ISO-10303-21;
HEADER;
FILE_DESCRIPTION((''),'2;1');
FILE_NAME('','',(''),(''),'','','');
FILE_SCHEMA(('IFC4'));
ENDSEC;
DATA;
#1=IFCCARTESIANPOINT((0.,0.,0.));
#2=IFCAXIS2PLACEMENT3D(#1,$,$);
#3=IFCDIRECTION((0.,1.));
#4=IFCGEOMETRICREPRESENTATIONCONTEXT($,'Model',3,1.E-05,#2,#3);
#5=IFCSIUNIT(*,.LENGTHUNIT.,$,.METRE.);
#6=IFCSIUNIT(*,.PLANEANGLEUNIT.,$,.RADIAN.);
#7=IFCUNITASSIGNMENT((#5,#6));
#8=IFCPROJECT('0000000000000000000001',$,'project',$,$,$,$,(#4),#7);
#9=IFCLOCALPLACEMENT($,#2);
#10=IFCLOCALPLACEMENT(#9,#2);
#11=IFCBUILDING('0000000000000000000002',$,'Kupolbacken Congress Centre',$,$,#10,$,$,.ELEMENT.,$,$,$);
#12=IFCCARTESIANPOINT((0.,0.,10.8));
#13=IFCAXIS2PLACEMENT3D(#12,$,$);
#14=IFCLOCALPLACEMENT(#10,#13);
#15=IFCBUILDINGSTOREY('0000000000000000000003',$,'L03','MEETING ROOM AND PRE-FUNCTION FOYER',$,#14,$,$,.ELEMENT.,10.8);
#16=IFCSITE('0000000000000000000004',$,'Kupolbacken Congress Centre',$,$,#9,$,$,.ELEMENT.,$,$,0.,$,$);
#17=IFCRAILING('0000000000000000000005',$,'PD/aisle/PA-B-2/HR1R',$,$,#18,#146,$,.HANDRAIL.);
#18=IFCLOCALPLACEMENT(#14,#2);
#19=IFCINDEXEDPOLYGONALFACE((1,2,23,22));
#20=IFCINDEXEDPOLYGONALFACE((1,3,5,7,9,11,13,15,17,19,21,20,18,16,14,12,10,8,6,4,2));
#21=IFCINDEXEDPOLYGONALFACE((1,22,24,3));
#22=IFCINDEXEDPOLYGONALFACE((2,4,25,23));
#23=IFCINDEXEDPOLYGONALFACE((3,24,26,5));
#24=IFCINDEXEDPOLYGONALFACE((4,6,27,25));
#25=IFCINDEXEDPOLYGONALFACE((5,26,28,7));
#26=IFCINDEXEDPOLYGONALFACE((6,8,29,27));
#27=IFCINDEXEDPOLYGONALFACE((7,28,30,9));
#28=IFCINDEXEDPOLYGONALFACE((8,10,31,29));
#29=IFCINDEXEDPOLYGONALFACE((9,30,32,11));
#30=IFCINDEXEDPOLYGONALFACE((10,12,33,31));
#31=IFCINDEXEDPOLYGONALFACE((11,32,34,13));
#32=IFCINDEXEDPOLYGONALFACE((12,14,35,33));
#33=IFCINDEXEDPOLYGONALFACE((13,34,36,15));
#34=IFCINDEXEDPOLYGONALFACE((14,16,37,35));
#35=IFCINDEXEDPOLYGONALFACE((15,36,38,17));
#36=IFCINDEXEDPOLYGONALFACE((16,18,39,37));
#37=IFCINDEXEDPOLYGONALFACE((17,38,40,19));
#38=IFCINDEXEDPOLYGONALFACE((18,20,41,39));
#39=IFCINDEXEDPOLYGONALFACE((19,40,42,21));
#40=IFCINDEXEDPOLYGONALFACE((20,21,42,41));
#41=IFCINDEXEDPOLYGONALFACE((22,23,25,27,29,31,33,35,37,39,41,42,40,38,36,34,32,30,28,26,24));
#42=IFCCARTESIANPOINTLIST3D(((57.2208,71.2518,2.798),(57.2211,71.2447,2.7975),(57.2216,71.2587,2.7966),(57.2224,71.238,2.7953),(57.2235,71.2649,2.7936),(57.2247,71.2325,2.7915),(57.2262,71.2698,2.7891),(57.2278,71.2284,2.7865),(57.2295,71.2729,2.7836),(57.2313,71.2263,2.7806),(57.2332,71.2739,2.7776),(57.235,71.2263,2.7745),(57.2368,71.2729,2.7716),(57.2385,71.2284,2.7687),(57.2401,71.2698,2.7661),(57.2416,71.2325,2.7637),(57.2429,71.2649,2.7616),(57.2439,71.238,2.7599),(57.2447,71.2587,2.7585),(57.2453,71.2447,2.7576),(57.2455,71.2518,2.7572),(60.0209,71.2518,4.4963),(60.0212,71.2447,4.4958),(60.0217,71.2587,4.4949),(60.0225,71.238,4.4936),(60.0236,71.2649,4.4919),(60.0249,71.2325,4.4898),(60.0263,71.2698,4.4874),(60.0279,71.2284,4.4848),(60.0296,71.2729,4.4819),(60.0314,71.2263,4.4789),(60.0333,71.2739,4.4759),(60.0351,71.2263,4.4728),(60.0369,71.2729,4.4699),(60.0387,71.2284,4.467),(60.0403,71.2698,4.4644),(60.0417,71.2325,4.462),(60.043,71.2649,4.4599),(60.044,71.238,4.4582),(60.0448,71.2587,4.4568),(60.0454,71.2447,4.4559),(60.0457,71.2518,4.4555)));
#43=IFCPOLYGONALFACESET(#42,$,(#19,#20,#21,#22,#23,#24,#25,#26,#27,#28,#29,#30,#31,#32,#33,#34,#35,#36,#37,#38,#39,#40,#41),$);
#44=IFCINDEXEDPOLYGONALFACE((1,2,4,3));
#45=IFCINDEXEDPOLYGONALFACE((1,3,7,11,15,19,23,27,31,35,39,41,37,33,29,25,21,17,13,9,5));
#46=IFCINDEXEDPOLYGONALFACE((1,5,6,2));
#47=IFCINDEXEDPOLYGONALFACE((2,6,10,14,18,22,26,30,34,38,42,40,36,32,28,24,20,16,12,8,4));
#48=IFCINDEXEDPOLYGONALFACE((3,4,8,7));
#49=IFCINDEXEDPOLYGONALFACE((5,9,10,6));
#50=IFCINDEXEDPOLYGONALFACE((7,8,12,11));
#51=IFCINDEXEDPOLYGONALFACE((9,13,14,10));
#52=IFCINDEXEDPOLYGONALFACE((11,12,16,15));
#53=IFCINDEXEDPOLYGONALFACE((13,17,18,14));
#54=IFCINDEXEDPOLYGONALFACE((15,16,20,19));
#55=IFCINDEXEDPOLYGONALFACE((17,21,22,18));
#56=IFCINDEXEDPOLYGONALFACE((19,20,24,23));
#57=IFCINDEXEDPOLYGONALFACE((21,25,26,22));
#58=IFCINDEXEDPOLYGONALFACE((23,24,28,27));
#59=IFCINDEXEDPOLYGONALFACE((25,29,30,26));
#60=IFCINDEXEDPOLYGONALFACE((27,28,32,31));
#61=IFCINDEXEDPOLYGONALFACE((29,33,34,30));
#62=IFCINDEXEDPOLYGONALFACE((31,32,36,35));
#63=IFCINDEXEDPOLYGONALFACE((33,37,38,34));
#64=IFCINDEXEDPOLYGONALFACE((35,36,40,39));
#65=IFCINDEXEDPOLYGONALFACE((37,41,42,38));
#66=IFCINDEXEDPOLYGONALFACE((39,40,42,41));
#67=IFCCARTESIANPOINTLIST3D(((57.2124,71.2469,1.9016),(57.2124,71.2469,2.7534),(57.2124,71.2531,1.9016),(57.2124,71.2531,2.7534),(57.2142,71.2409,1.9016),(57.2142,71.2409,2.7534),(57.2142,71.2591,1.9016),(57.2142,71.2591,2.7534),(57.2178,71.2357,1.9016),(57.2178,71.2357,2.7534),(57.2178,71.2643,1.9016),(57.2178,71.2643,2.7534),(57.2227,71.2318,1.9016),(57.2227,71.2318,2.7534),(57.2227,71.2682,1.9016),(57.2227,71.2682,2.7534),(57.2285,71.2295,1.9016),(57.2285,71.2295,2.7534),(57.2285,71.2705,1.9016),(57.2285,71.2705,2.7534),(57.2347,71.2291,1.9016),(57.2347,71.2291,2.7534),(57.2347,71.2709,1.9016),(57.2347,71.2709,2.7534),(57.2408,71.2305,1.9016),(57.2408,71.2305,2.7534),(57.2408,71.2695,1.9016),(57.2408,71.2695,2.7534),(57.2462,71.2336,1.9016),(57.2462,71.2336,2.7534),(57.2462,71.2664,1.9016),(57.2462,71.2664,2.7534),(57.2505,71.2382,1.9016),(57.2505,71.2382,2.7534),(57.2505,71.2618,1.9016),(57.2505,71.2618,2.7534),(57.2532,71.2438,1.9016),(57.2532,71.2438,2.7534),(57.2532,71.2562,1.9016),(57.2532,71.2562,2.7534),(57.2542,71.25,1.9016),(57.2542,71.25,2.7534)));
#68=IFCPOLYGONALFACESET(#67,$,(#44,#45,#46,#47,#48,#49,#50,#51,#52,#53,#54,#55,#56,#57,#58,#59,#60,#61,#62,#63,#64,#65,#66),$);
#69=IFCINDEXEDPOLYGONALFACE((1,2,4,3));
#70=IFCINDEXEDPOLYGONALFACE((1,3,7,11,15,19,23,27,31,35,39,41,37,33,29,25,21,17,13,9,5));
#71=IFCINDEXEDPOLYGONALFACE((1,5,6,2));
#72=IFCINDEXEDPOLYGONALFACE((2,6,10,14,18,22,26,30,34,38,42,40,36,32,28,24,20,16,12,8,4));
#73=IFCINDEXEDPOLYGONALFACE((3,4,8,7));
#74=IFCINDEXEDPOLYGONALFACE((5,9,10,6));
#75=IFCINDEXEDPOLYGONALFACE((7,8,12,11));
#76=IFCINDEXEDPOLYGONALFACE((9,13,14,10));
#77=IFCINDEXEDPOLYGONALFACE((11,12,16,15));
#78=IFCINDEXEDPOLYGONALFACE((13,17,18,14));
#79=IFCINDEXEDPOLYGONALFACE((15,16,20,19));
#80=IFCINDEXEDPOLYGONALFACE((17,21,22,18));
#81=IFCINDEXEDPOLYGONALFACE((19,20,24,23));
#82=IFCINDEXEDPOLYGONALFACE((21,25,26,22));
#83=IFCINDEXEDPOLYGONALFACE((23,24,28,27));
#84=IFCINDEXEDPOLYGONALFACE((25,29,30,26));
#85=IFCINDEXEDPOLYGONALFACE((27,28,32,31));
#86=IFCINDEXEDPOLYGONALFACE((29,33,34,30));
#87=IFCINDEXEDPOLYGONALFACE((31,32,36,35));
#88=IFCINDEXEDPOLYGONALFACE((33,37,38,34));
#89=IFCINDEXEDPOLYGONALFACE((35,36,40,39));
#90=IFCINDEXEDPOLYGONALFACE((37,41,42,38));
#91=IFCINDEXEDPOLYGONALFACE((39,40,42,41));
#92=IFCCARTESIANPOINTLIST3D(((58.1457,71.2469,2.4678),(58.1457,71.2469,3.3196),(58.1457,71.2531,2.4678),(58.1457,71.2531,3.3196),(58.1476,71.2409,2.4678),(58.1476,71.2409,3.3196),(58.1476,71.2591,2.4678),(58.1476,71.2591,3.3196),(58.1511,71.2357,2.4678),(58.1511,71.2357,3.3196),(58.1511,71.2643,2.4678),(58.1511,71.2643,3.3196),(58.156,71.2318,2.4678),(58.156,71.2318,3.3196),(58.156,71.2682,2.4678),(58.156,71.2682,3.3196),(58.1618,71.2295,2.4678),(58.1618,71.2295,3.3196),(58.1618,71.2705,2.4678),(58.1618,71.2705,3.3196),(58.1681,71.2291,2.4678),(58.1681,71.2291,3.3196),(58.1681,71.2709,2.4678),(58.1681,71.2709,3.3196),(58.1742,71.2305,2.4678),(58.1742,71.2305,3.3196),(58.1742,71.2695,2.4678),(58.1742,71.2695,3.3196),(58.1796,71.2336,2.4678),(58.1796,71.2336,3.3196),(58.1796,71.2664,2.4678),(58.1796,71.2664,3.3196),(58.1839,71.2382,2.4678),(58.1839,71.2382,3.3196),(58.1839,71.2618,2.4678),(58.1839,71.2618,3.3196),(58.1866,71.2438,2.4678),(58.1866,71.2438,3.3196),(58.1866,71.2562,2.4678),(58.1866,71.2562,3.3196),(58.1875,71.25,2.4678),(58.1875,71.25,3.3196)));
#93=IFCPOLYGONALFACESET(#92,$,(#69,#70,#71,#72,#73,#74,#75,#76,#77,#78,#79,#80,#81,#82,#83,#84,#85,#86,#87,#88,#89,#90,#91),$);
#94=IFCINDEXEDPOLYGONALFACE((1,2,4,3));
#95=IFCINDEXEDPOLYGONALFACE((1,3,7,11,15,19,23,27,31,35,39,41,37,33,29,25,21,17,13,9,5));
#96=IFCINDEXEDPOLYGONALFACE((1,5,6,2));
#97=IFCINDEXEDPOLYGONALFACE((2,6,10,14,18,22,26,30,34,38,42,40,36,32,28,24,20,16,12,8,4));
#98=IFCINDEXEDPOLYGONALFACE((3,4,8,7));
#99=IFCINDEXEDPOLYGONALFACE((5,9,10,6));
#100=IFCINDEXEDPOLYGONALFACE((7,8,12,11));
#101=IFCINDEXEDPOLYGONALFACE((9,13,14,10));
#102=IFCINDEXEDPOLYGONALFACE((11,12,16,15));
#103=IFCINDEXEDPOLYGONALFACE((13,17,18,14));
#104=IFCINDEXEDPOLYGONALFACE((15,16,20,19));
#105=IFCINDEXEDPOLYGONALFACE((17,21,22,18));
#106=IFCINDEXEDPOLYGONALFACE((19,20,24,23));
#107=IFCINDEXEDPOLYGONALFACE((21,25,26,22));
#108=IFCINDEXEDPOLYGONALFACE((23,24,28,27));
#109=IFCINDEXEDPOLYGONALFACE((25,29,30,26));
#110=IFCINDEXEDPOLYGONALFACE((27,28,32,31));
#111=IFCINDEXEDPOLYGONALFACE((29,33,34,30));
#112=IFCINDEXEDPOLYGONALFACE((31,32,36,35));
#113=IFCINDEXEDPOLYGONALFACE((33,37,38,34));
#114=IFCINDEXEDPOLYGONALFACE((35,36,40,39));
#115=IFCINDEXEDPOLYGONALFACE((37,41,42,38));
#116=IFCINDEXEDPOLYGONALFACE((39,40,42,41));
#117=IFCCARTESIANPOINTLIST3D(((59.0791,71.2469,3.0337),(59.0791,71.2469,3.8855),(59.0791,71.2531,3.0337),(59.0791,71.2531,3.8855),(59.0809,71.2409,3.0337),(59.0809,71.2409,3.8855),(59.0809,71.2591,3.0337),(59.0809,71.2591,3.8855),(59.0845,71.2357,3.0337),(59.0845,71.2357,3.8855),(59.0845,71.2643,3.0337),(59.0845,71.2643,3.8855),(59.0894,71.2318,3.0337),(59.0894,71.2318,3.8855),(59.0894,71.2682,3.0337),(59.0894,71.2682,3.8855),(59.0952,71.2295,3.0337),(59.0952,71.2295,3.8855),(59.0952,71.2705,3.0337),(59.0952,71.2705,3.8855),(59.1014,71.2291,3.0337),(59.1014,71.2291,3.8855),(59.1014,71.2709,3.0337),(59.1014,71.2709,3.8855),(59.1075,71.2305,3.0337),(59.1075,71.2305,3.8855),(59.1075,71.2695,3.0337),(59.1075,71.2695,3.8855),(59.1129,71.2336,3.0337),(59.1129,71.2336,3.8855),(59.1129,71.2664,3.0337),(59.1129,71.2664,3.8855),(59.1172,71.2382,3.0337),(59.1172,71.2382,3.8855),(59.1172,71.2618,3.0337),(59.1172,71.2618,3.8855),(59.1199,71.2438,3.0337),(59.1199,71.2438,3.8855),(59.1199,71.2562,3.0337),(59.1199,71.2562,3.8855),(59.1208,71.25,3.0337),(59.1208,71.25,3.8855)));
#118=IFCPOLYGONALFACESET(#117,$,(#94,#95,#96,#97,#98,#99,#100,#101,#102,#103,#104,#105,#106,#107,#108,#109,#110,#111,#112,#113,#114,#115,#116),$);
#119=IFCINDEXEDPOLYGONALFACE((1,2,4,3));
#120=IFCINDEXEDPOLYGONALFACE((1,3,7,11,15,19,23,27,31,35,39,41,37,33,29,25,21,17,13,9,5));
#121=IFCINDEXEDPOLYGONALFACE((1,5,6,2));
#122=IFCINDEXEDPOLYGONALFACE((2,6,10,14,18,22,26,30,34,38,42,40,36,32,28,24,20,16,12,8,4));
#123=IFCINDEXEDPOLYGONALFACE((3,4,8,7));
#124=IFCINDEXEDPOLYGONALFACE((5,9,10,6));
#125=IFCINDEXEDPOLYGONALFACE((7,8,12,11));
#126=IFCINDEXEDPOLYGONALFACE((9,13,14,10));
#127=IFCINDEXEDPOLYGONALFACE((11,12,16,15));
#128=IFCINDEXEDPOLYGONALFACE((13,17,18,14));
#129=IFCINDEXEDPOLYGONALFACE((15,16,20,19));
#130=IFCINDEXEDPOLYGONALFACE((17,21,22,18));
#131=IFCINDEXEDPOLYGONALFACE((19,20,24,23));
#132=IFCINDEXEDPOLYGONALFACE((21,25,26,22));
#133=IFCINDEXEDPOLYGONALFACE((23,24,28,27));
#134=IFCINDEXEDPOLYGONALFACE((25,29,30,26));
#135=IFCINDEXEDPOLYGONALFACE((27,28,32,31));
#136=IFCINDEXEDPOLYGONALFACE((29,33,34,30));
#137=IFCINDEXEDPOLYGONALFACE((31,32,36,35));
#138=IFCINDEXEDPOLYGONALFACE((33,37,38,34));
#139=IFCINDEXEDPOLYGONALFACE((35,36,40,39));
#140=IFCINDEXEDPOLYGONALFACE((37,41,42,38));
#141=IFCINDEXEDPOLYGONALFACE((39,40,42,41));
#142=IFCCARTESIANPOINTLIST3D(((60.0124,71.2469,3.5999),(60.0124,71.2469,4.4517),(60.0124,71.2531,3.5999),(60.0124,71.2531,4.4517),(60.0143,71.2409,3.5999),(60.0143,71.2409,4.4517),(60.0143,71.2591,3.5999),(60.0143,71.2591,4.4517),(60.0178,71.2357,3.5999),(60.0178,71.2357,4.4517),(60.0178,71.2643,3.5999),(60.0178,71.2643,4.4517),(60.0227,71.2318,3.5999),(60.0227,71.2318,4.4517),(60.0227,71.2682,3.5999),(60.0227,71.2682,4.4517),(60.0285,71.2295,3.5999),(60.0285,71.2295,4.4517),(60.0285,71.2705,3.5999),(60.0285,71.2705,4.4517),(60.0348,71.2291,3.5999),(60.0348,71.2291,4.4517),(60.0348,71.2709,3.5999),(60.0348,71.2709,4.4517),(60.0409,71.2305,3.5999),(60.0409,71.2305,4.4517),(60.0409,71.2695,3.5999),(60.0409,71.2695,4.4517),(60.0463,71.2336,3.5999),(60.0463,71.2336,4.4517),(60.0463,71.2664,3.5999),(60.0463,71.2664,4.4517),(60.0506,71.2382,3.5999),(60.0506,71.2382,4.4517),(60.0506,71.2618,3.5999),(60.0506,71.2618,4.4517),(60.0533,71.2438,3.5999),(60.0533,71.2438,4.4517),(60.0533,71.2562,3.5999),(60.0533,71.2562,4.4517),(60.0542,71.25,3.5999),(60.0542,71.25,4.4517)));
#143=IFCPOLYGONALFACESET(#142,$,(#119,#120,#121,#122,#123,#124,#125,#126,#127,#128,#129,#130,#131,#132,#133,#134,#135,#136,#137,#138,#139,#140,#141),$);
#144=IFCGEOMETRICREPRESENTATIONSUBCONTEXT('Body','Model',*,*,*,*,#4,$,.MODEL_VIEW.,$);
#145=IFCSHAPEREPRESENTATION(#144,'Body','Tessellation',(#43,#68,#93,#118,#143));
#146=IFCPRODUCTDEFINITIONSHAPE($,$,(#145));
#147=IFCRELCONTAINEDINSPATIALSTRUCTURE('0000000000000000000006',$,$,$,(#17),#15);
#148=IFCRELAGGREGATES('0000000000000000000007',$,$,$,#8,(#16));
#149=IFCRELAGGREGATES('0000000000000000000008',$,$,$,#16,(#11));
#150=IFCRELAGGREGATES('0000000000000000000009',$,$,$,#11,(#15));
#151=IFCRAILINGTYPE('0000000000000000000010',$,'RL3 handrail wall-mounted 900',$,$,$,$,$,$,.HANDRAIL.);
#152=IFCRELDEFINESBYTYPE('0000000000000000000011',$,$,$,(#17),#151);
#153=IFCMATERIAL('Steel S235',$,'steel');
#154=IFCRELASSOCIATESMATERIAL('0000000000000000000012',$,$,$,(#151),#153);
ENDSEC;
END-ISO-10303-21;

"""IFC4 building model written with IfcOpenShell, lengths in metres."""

from ifc_helpers import new_model, si_unit, direction, frame, origin, origin_2d, place, context, subcontext, project, spatial, circle, extrude, material, type_object, element, save


model = new_model("IFC4")

# Units and contexts
model_context = context("Model", 3, precision=1e-05, world=origin(), true_north=direction((0.0, 1.0)))
body_context = subcontext(model_context, "Body", "Model", "MODEL_VIEW")
ifc_project = project(units=[si_unit("LENGTHUNIT", "METRE"), si_unit("PLANEANGLEUNIT", "RADIAN")], contexts=[model_context])

# Site, building, storey
site_placement = place(None, origin())
site = spatial("IfcSite", under=ifc_project, at=site_placement, Name="Kupolbacken Congress Centre", CompositionType="ELEMENT", RefElevation=0.0)
building_placement = place(site_placement, origin())
building = spatial("IfcBuilding", under=site, at=building_placement, Name="Kupolbacken Congress Centre", CompositionType="ELEMENT")
storey_placement = place(building_placement, frame((0.0, 0.0, 10.8)))
storey = spatial("IfcBuildingStorey", under=building, at=storey_placement, Name="L03", Description="MEETING ROOM AND PRE-FUNCTION FOYER", CompositionType="ELEMENT", Elevation=10.8)

# Railing
ifc_material_1 = material(Name="Steel S235", Category="steel")
railing_type_1 = type_object("IfcRailingType", Name="RL3 handrail wall-mounted 900", PredefinedType="HANDRAIL", material=ifc_material_1)
railing_1_placement = place(storey_placement, frame((57.2332, 71.25, 1.9016)))
element("IfcRailing", 1, at=railing_1_placement, inside=storey, type_object=railing_type_1, Name="PD/aisle/PA-B-2/HR1R", PredefinedType="HANDRAIL", context=body_context, shape_type="SweptSolid", body=[
    extrude(circle(Radius=0.0239, at=origin_2d()), frame((0.0, 0.0, 0.876), z_axis=(0.85503, 0.0, 0.518579), x_axis=(0.0, 1.0, 0.0)), (0.0, 0.0, 1.0), 3.2749),
    extrude(circle(Radius=0.021, at=origin_2d()), origin(), (0.0, 0.0, 1.0), 0.8518),
    extrude(circle(Radius=0.021, at=origin_2d()), frame((0.9333, 0.0, 0.5662)), (0.0, 0.0, 1.0), 0.8518),
    extrude(circle(Radius=0.021, at=origin_2d()), frame((1.8667, 0.0, 1.1321)), (0.0, 0.0, 1.0), 0.8518),
    extrude(circle(Radius=0.021, at=origin_2d()), frame((2.8, 0.0, 1.6982)), (0.0, 0.0, 1.0), 0.8518),
])

save(model, "model.ifc")
